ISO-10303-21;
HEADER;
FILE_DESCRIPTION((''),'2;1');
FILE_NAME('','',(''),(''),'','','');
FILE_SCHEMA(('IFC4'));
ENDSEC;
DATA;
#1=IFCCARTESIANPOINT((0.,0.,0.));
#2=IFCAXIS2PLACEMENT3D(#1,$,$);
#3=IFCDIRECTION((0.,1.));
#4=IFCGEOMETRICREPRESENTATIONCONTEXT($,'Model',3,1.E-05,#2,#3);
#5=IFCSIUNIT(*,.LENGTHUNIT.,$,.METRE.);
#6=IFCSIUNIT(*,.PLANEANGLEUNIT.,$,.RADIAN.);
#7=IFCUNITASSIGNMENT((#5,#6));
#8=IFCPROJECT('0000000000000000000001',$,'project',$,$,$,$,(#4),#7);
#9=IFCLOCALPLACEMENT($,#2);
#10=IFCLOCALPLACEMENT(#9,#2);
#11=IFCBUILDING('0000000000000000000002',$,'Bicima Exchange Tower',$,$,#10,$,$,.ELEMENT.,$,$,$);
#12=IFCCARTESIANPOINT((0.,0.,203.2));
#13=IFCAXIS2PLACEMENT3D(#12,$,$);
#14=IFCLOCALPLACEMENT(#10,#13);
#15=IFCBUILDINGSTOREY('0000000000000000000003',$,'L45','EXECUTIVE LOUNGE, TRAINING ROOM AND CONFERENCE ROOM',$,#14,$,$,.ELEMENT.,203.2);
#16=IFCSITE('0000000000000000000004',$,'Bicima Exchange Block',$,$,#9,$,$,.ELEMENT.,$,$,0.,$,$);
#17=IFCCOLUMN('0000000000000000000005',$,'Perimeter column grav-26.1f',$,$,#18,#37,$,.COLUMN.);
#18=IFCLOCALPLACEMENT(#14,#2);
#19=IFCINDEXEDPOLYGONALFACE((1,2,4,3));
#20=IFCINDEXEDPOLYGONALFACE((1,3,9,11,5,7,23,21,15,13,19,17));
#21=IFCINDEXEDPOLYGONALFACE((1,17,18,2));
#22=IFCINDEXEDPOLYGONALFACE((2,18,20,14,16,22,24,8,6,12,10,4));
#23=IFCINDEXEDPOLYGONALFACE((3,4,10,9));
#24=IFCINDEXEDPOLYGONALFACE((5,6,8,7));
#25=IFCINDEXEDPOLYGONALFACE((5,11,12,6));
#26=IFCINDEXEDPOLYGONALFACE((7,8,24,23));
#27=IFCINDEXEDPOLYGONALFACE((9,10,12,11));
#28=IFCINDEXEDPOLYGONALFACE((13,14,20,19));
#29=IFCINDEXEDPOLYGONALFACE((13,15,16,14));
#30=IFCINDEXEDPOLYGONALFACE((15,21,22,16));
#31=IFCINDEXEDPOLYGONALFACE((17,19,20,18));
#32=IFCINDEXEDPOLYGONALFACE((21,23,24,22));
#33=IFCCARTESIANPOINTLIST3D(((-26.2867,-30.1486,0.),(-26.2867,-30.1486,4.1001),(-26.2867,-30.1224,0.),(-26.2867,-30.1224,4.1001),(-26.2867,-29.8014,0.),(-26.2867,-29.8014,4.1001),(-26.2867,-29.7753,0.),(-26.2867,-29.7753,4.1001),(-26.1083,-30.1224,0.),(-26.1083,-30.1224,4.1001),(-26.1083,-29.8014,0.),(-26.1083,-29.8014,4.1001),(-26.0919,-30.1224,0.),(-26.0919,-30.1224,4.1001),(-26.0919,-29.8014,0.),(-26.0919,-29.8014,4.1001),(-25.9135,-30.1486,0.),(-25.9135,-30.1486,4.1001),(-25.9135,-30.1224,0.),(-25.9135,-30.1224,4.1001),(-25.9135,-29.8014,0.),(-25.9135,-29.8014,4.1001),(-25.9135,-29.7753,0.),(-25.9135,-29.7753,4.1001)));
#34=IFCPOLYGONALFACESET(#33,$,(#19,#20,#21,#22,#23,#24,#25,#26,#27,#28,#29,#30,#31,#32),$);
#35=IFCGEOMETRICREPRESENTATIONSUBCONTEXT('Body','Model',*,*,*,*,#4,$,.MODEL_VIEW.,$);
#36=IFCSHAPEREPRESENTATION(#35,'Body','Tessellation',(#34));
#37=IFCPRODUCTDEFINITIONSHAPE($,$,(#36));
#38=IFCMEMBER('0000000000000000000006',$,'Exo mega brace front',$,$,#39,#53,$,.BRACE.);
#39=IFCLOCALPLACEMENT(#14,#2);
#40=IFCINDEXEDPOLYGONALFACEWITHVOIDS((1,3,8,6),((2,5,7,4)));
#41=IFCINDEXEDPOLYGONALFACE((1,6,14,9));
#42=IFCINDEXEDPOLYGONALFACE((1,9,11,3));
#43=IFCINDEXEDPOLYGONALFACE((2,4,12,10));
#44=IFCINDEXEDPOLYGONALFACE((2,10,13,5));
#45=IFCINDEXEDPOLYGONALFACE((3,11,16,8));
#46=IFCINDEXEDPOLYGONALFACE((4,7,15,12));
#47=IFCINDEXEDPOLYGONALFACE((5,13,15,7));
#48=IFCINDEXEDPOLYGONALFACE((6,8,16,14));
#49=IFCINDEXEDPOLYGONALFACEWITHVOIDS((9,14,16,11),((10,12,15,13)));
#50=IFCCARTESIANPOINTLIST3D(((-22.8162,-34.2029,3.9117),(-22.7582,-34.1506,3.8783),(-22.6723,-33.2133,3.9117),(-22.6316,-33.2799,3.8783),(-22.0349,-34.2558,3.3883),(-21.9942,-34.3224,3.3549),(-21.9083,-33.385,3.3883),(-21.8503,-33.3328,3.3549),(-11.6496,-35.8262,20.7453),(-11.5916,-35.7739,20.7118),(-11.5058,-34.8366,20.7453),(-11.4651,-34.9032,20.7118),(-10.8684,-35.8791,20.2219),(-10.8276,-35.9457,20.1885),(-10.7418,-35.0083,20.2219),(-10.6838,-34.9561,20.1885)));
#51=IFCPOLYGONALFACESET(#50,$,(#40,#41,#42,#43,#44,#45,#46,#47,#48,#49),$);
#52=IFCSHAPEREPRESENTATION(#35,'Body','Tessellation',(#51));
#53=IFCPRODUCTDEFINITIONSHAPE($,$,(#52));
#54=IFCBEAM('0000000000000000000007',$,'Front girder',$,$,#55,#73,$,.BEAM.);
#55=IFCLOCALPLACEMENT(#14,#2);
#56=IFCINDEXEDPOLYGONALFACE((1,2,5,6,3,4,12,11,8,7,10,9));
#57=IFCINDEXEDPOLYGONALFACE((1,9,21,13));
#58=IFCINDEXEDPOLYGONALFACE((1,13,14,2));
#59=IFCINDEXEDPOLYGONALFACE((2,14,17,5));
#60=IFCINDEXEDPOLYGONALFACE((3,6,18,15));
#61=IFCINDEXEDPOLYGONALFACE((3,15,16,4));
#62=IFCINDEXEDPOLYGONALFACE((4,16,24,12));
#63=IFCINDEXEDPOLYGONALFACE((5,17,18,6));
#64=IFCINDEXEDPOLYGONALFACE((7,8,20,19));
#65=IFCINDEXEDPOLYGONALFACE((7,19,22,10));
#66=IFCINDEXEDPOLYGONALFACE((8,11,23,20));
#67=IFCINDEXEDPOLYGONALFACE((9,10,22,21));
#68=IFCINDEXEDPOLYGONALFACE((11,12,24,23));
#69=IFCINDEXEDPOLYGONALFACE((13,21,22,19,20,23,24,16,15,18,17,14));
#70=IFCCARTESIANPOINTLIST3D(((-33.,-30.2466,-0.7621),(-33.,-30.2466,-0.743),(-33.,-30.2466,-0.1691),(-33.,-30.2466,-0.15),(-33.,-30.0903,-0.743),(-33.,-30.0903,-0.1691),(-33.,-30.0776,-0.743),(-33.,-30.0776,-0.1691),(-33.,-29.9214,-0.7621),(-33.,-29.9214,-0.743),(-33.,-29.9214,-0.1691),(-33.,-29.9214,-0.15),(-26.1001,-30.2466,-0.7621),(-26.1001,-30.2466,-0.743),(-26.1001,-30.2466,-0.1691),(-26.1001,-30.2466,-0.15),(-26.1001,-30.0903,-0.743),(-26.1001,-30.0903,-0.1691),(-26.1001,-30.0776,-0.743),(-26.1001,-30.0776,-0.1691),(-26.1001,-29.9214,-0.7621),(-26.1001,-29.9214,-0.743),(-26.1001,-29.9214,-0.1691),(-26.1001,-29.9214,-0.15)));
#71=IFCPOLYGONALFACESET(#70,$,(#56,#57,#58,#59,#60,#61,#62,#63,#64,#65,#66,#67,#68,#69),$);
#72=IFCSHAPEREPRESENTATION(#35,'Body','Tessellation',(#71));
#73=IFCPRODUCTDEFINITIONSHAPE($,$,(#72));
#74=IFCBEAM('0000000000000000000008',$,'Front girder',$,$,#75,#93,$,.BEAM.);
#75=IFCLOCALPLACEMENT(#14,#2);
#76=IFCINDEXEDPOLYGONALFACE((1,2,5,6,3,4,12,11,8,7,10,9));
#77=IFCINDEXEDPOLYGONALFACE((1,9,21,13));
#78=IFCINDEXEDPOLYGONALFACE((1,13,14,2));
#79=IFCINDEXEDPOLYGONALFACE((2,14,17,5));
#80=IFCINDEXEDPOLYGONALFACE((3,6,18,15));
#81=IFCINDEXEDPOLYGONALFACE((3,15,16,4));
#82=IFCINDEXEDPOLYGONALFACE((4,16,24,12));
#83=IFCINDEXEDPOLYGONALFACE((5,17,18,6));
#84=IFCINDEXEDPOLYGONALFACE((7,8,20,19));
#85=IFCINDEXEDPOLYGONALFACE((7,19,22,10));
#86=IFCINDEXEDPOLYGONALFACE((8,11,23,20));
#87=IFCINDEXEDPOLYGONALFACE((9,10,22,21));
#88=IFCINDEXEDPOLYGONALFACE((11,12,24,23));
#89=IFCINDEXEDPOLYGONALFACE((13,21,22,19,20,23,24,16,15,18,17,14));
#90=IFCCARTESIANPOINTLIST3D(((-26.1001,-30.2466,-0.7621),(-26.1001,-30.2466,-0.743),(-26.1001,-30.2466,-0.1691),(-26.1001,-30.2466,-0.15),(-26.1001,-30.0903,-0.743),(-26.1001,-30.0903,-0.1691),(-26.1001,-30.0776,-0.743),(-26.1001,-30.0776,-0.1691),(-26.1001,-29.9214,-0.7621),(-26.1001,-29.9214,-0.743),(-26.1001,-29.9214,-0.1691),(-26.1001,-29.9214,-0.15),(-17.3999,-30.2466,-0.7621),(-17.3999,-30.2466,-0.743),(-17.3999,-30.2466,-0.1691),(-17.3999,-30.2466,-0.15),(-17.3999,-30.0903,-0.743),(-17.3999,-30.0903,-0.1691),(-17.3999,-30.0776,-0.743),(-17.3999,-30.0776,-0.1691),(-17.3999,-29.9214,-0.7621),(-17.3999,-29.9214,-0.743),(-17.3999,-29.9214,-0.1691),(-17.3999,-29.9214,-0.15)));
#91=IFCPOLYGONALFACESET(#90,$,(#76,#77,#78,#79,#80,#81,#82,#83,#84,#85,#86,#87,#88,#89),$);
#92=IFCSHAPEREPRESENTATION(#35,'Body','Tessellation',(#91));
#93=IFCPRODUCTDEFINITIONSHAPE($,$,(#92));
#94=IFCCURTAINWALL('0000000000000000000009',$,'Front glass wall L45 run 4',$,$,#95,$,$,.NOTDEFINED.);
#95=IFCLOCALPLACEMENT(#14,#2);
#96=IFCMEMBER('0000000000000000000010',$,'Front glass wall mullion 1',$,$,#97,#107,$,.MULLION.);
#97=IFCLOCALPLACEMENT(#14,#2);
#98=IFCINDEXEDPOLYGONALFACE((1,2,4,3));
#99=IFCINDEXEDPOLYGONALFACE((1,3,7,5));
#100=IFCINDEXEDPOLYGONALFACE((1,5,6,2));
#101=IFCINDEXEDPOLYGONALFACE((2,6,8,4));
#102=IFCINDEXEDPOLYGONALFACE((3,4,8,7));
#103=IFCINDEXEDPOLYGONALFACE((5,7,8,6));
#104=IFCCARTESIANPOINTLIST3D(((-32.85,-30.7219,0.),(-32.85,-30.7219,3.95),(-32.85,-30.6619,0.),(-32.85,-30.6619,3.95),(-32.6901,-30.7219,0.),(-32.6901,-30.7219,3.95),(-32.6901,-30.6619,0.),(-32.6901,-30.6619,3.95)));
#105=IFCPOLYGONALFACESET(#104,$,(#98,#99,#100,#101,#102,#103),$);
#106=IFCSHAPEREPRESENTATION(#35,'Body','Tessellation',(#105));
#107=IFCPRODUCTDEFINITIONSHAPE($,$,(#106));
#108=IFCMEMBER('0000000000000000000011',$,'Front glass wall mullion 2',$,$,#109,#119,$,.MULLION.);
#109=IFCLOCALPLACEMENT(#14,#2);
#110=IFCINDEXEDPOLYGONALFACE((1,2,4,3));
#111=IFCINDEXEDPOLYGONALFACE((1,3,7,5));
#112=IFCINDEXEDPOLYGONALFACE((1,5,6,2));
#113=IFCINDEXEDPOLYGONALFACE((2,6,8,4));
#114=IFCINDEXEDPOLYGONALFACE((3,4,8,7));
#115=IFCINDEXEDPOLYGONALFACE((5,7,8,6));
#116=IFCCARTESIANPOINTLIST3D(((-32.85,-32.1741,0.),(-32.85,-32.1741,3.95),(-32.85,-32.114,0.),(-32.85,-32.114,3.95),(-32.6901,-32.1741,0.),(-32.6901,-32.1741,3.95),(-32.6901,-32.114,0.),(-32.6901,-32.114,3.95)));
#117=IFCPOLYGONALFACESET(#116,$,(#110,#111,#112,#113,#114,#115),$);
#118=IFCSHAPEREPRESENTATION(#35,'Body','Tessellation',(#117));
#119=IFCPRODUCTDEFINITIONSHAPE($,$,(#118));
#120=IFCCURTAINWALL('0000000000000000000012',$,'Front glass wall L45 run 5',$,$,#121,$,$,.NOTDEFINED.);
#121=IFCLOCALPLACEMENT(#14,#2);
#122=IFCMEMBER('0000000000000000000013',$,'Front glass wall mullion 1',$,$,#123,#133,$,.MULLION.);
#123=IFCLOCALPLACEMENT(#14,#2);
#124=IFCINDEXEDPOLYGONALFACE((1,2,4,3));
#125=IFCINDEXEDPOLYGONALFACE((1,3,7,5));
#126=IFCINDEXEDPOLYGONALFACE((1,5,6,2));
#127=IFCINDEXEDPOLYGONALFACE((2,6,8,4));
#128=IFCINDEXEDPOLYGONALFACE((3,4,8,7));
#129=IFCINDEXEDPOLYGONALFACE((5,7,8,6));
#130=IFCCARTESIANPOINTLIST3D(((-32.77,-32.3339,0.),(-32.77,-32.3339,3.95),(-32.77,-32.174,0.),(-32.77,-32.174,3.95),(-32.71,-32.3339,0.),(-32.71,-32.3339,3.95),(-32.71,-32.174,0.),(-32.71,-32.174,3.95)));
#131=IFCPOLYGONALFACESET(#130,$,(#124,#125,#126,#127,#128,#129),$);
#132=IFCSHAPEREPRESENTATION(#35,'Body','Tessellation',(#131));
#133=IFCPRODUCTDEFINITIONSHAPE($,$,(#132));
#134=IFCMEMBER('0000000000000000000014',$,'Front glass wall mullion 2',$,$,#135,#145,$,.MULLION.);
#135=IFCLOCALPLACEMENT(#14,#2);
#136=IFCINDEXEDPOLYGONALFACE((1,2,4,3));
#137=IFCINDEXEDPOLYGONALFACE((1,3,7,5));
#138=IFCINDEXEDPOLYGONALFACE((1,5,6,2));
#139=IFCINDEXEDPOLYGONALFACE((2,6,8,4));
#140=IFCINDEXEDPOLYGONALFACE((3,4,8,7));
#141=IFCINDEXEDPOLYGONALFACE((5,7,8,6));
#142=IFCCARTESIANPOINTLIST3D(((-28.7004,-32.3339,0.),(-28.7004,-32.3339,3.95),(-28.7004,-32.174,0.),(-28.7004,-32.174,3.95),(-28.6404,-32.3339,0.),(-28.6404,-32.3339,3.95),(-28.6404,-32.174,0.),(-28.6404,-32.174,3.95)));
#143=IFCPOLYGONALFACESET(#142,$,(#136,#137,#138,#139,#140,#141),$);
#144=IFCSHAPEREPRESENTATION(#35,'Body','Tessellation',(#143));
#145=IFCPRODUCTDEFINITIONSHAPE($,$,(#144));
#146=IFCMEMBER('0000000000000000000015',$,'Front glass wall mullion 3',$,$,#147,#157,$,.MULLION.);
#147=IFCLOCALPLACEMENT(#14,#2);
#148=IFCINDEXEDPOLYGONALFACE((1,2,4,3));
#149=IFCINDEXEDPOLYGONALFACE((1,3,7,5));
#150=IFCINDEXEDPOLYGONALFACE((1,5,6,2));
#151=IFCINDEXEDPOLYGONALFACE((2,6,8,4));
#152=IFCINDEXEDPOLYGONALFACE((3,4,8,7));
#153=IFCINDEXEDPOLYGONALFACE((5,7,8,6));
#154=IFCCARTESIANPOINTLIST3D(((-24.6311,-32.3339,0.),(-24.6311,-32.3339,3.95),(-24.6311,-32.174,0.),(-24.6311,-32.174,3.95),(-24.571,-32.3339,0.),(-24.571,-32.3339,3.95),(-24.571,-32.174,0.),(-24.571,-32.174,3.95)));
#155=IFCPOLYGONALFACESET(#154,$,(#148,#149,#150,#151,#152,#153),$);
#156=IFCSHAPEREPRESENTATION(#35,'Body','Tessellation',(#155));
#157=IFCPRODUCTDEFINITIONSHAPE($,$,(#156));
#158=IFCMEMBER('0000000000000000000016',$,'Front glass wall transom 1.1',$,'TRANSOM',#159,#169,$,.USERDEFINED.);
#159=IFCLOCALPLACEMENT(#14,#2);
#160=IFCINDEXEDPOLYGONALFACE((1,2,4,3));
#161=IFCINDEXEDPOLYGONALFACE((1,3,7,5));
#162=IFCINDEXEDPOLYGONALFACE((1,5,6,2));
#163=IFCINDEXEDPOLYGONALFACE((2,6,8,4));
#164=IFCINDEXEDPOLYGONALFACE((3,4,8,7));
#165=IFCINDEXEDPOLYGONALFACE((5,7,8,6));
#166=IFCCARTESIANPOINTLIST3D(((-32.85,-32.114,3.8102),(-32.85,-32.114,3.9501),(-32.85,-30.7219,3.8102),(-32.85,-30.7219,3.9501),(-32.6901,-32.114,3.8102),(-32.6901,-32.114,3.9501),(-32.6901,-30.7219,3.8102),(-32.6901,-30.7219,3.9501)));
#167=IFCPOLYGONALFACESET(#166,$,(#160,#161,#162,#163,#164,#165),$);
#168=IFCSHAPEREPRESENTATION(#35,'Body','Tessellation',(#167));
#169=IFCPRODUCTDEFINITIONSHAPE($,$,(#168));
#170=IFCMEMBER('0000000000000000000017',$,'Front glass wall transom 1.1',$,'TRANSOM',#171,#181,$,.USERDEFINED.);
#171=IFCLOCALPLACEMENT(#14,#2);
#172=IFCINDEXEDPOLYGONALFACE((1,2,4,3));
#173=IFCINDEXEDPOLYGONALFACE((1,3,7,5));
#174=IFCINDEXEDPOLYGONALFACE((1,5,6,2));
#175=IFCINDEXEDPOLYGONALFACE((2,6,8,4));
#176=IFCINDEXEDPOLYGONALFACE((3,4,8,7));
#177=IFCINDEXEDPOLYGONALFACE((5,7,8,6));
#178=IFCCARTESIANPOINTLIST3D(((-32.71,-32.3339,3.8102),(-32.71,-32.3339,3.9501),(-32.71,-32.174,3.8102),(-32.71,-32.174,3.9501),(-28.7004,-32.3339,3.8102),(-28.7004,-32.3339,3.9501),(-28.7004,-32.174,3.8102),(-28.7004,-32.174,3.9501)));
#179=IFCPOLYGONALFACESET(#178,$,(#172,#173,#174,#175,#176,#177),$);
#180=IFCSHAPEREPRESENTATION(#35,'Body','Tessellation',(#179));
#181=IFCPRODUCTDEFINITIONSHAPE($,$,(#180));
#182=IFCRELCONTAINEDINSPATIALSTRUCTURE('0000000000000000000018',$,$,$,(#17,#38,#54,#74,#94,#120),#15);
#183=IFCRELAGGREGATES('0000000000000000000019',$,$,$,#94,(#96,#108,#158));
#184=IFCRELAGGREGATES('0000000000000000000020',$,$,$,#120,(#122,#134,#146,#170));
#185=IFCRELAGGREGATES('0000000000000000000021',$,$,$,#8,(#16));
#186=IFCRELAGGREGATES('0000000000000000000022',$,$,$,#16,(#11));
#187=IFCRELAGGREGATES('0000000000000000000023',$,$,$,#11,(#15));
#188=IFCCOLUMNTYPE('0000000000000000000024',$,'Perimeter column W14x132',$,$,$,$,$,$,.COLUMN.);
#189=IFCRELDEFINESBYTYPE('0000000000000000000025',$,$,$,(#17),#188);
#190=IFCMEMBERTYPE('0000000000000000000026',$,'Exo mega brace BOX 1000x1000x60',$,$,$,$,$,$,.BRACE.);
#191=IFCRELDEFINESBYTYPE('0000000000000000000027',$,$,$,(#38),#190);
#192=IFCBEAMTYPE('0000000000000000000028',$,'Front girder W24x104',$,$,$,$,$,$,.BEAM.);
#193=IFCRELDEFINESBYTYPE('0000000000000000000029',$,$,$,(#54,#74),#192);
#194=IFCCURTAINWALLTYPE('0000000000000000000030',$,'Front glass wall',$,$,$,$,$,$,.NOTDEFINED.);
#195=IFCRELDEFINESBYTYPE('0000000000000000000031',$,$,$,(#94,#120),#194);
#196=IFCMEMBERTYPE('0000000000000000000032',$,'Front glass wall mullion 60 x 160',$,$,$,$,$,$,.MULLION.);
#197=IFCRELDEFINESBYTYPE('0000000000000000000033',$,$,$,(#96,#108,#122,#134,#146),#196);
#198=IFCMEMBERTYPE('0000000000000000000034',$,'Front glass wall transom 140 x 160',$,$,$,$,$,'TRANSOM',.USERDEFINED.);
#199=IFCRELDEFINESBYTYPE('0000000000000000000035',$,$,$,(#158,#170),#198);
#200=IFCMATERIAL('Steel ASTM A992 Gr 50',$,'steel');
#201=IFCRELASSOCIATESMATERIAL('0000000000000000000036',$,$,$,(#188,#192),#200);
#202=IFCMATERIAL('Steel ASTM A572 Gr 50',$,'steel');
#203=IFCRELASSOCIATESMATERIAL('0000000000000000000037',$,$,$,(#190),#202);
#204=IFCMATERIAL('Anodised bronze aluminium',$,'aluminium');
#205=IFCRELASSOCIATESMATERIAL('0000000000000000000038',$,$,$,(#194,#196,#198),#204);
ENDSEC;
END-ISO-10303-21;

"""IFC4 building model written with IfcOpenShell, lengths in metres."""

from ifc_helpers import new_model, si_unit, direction, frame, origin, origin_2d, place, context, subcontext, project, spatial, rectangle, hollow_rectangle, i_section, extrude, material, material_profile, profile_set, type_object, element, aggregate, save


model = new_model("IFC4")

# Units and contexts
model_context = context("Model", 3, precision=1e-05, world=origin(), true_north=direction((0.0, 1.0)))
body_context = subcontext(model_context, "Body", "Model", "MODEL_VIEW")
ifc_project = project(units=[si_unit("LENGTHUNIT", "METRE"), si_unit("PLANEANGLEUNIT", "RADIAN")], contexts=[model_context])

# Site, building, storey
site_placement = place(None, origin())
site = spatial("IfcSite", under=ifc_project, at=site_placement, Name="Bicima Exchange Block", CompositionType="ELEMENT", RefElevation=0.0)
building_placement = place(site_placement, origin())
building = spatial("IfcBuilding", under=site, at=building_placement, Name="Bicima Exchange Tower", CompositionType="ELEMENT")
storey_placement = place(building_placement, frame((0.0, 0.0, 203.2)))
storey = spatial("IfcBuildingStorey", under=building, at=storey_placement, Name="L45", Description="EXECUTIVE LOUNGE, TRAINING ROOM AND CONFERENCE ROOM", CompositionType="ELEMENT", Elevation=203.2)

# Column
ifc_material_1 = material(Name="Steel ASTM A992 Gr 50", Category="steel")
ifc_material_profile_1 = material_profile(ifc_material_1, i_section(OverallWidth=0.3733, OverallDepth=0.3733, WebThickness=0.0164, FlangeThickness=0.0261, at=origin_2d()))
ifc_profile_set_1 = profile_set([ifc_material_profile_1], Name="Steel ASTM A992 Gr 50")
column_type = type_object("IfcColumnType", Name="Perimeter column W14x132", PredefinedType="COLUMN", material=ifc_profile_set_1)
column_placement = place(storey_placement, frame((-26.1001, -29.9619, 0.0), z_axis=(0.0, 0.0, 1.0), x_axis=(1.0, 0.0, 0.0)))
element("IfcColumn", 1, at=column_placement, inside=storey, type_object=column_type, Name="Perimeter column grav-26.1f", PredefinedType="COLUMN", context=body_context, shape_type="SweptSolid", body=[
    extrude(i_section(OverallWidth=0.3733, OverallDepth=0.3733, WebThickness=0.0164, FlangeThickness=0.0261, at=origin_2d()), origin(), (0.0, 0.0, 1.0), 4.1001),
])

# Member
ifc_material_2 = material(Name="Steel ASTM A572 Gr 50", Category="steel")
ifc_material_profile_2 = material_profile(ifc_material_2, hollow_rectangle(XDim=1.0, YDim=1.0, WallThickness=0.0601, at=origin_2d()))
ifc_profile_set_2 = profile_set([ifc_material_profile_2], Name="Steel ASTM A572 Gr 50")
member_type_1 = type_object("IfcMemberType", Name="Exo mega brace BOX 1000x1000x60", PredefinedType="BRACE", material=ifc_profile_set_2)
member_1_placement = place(storey_placement, frame((-22.3333, -33.7678, 3.6333), z_axis=(0.551009, -0.080101, 0.830646), x_axis=(0.143859, 0.989598, 0.0)))
element("IfcMember", 2, at=member_1_placement, inside=storey, type_object=member_type_1, Name="Exo mega brace front", PredefinedType="BRACE", context=body_context, shape_type="SweptSolid", body=[
    extrude(hollow_rectangle(XDim=1.0, YDim=1.0, WallThickness=0.0601, at=origin_2d()), origin(), (0.0, 0.0, 1.0), 20.2656),
])

# Beams
ifc_material_profile_3 = material_profile(ifc_material_1, i_section(OverallWidth=0.3252, OverallDepth=0.6121, WebThickness=0.0127, FlangeThickness=0.019, at=origin_2d()))
ifc_profile_set_3 = profile_set([ifc_material_profile_3], Name="Steel ASTM A992 Gr 50")
beam_type = type_object("IfcBeamType", Name="Front girder W24x104", PredefinedType="BEAM", material=ifc_profile_set_3)
beam_1_placement = place(storey_placement, frame((-33.0, -30.084, -0.4561), z_axis=(1.0, 0.0, 0.0), x_axis=(0.0, 1.0, 0.0)))
element("IfcBeam", 3, at=beam_1_placement, inside=storey, type_object=beam_type, Name="Front girder", PredefinedType="BEAM", context=body_context, shape_type="SweptSolid", body=[
    extrude(i_section(OverallWidth=0.3252, OverallDepth=0.6121, WebThickness=0.0127, FlangeThickness=0.019, at=origin_2d()), origin(), (0.0, 0.0, 1.0), 6.8999),
])
beam_2_placement = place(storey_placement, frame((-26.1001, -30.084, -0.4561), z_axis=(1.0, 0.0, 0.0), x_axis=(0.0, 1.0, 0.0)))
element("IfcBeam", 4, at=beam_2_placement, inside=storey, type_object=beam_type, Name="Front girder", PredefinedType="BEAM", context=body_context, shape_type="SweptSolid", body=[
    extrude(i_section(OverallWidth=0.3252, OverallDepth=0.6121, WebThickness=0.0127, FlangeThickness=0.019, at=origin_2d()), origin(), (0.0, 0.0, 1.0), 8.7002),
])

# Curtain walls, members
ifc_material_3 = material(Name="Anodised bronze aluminium", Category="aluminium")
curtain_wall_type = type_object("IfcCurtainWallType", Name="Front glass wall", PredefinedType="NOTDEFINED", material=ifc_material_3)
curtain_wall_1_placement = place(storey_placement, origin())
curtain_wall_1 = element("IfcCurtainWall", 5, at=curtain_wall_1_placement, inside=storey, type_object=curtain_wall_type, Name="Front glass wall L45 run 4", PredefinedType="NOTDEFINED")
ifc_material_profile_4 = material_profile(ifc_material_3, rectangle(XDim=0.1599, YDim=0.0601, at=origin_2d()))
ifc_profile_set_4 = profile_set([ifc_material_profile_4], Name="Anodised bronze aluminium")
member_type_2 = type_object("IfcMemberType", Name="Front glass wall mullion 60 x 160", PredefinedType="MULLION", material=ifc_profile_set_4)
member_2_placement = place(storey_placement, frame((-32.77, -30.6919, 0.0), z_axis=(0.0, 0.0, 1.0), x_axis=(1.0, 0.0, 0.0)))
member_2 = element("IfcMember", 6, at=member_2_placement, type_object=member_type_2, Name="Front glass wall mullion 1", PredefinedType="MULLION", context=body_context, shape_type="SweptSolid", body=[
    extrude(rectangle(XDim=0.1599, YDim=0.0601, at=origin_2d()), origin(), (0.0, 0.0, 1.0), 3.95),
])
member_3_placement = place(storey_placement, frame((-32.77, -32.144, 0.0), z_axis=(0.0, 0.0, 1.0), x_axis=(1.0, 0.0, 0.0)))
member_3 = element("IfcMember", 7, at=member_3_placement, type_object=member_type_2, Name="Front glass wall mullion 2", PredefinedType="MULLION", context=body_context, shape_type="SweptSolid", body=[
    extrude(rectangle(XDim=0.1599, YDim=0.0601, at=origin_2d()), origin(), (0.0, 0.0, 1.0), 3.95),
])
curtain_wall_2_placement = place(storey_placement, origin())
curtain_wall_2 = element("IfcCurtainWall", 8, at=curtain_wall_2_placement, inside=storey, type_object=curtain_wall_type, Name="Front glass wall L45 run 5", PredefinedType="NOTDEFINED")
member_4_placement = place(storey_placement, frame((-32.74, -32.2539, 0.0), z_axis=(0.0, 0.0, 1.0), x_axis=(0.0, 1.0, 0.0)))
member_4 = element("IfcMember", 9, at=member_4_placement, type_object=member_type_2, Name="Front glass wall mullion 1", PredefinedType="MULLION", context=body_context, shape_type="SweptSolid", body=[
    extrude(rectangle(XDim=0.1599, YDim=0.0601, at=origin_2d()), origin(), (0.0, 0.0, 1.0), 3.95),
])
member_5_placement = place(storey_placement, frame((-28.6704, -32.2539, 0.0), z_axis=(0.0, 0.0, 1.0), x_axis=(0.0, 1.0, 0.0)))
member_5 = element("IfcMember", 10, at=member_5_placement, type_object=member_type_2, Name="Front glass wall mullion 2", PredefinedType="MULLION", context=body_context, shape_type="SweptSolid", body=[
    extrude(rectangle(XDim=0.1599, YDim=0.0601, at=origin_2d()), origin(), (0.0, 0.0, 1.0), 3.95),
])
member_6_placement = place(storey_placement, frame((-24.6011, -32.2539, 0.0), z_axis=(0.0, 0.0, 1.0), x_axis=(0.0, 1.0, 0.0)))
member_6 = element("IfcMember", 11, at=member_6_placement, type_object=member_type_2, Name="Front glass wall mullion 3", PredefinedType="MULLION", context=body_context, shape_type="SweptSolid", body=[
    extrude(rectangle(XDim=0.1599, YDim=0.0601, at=origin_2d()), origin(), (0.0, 0.0, 1.0), 3.95),
])

# Members
ifc_material_profile_5 = material_profile(ifc_material_3, rectangle(XDim=0.1599, YDim=0.1399, at=origin_2d()))
ifc_profile_set_5 = profile_set([ifc_material_profile_5], Name="Anodised bronze aluminium")
member_type_3 = type_object("IfcMemberType", Name="Front glass wall transom 140 x 160", ElementType="TRANSOM", PredefinedType="USERDEFINED", material=ifc_profile_set_5)
member_7_placement = place(storey_placement, frame((-32.77, -30.7219, 3.8801), z_axis=(0.0, -1.0, 0.0), x_axis=(1.0, 0.0, 0.0)))
member_7 = element("IfcMember", 12, at=member_7_placement, type_object=member_type_3, Name="Front glass wall transom 1.1", ObjectType="TRANSOM", PredefinedType="USERDEFINED", context=body_context, shape_type="SweptSolid", body=[
    extrude(rectangle(XDim=0.1599, YDim=0.1399, at=origin_2d()), origin(), (0.0, 0.0, 1.0), 1.3921),
])
member_8_placement = place(storey_placement, frame((-32.71, -32.2539, 3.8801), z_axis=(1.0, 0.0, 0.0), x_axis=(0.0, 1.0, 0.0)))
member_8 = element("IfcMember", 13, at=member_8_placement, type_object=member_type_3, Name="Front glass wall transom 1.1", ObjectType="TRANSOM", PredefinedType="USERDEFINED", context=body_context, shape_type="SweptSolid", body=[
    extrude(rectangle(XDim=0.1599, YDim=0.1399, at=origin_2d()), origin(), (0.0, 0.0, 1.0), 4.0095),
])

aggregate(curtain_wall_1, [member_2, member_3, member_7])
aggregate(curtain_wall_2, [member_4, member_5, member_6, member_8])

save(model, "model.ifc")
